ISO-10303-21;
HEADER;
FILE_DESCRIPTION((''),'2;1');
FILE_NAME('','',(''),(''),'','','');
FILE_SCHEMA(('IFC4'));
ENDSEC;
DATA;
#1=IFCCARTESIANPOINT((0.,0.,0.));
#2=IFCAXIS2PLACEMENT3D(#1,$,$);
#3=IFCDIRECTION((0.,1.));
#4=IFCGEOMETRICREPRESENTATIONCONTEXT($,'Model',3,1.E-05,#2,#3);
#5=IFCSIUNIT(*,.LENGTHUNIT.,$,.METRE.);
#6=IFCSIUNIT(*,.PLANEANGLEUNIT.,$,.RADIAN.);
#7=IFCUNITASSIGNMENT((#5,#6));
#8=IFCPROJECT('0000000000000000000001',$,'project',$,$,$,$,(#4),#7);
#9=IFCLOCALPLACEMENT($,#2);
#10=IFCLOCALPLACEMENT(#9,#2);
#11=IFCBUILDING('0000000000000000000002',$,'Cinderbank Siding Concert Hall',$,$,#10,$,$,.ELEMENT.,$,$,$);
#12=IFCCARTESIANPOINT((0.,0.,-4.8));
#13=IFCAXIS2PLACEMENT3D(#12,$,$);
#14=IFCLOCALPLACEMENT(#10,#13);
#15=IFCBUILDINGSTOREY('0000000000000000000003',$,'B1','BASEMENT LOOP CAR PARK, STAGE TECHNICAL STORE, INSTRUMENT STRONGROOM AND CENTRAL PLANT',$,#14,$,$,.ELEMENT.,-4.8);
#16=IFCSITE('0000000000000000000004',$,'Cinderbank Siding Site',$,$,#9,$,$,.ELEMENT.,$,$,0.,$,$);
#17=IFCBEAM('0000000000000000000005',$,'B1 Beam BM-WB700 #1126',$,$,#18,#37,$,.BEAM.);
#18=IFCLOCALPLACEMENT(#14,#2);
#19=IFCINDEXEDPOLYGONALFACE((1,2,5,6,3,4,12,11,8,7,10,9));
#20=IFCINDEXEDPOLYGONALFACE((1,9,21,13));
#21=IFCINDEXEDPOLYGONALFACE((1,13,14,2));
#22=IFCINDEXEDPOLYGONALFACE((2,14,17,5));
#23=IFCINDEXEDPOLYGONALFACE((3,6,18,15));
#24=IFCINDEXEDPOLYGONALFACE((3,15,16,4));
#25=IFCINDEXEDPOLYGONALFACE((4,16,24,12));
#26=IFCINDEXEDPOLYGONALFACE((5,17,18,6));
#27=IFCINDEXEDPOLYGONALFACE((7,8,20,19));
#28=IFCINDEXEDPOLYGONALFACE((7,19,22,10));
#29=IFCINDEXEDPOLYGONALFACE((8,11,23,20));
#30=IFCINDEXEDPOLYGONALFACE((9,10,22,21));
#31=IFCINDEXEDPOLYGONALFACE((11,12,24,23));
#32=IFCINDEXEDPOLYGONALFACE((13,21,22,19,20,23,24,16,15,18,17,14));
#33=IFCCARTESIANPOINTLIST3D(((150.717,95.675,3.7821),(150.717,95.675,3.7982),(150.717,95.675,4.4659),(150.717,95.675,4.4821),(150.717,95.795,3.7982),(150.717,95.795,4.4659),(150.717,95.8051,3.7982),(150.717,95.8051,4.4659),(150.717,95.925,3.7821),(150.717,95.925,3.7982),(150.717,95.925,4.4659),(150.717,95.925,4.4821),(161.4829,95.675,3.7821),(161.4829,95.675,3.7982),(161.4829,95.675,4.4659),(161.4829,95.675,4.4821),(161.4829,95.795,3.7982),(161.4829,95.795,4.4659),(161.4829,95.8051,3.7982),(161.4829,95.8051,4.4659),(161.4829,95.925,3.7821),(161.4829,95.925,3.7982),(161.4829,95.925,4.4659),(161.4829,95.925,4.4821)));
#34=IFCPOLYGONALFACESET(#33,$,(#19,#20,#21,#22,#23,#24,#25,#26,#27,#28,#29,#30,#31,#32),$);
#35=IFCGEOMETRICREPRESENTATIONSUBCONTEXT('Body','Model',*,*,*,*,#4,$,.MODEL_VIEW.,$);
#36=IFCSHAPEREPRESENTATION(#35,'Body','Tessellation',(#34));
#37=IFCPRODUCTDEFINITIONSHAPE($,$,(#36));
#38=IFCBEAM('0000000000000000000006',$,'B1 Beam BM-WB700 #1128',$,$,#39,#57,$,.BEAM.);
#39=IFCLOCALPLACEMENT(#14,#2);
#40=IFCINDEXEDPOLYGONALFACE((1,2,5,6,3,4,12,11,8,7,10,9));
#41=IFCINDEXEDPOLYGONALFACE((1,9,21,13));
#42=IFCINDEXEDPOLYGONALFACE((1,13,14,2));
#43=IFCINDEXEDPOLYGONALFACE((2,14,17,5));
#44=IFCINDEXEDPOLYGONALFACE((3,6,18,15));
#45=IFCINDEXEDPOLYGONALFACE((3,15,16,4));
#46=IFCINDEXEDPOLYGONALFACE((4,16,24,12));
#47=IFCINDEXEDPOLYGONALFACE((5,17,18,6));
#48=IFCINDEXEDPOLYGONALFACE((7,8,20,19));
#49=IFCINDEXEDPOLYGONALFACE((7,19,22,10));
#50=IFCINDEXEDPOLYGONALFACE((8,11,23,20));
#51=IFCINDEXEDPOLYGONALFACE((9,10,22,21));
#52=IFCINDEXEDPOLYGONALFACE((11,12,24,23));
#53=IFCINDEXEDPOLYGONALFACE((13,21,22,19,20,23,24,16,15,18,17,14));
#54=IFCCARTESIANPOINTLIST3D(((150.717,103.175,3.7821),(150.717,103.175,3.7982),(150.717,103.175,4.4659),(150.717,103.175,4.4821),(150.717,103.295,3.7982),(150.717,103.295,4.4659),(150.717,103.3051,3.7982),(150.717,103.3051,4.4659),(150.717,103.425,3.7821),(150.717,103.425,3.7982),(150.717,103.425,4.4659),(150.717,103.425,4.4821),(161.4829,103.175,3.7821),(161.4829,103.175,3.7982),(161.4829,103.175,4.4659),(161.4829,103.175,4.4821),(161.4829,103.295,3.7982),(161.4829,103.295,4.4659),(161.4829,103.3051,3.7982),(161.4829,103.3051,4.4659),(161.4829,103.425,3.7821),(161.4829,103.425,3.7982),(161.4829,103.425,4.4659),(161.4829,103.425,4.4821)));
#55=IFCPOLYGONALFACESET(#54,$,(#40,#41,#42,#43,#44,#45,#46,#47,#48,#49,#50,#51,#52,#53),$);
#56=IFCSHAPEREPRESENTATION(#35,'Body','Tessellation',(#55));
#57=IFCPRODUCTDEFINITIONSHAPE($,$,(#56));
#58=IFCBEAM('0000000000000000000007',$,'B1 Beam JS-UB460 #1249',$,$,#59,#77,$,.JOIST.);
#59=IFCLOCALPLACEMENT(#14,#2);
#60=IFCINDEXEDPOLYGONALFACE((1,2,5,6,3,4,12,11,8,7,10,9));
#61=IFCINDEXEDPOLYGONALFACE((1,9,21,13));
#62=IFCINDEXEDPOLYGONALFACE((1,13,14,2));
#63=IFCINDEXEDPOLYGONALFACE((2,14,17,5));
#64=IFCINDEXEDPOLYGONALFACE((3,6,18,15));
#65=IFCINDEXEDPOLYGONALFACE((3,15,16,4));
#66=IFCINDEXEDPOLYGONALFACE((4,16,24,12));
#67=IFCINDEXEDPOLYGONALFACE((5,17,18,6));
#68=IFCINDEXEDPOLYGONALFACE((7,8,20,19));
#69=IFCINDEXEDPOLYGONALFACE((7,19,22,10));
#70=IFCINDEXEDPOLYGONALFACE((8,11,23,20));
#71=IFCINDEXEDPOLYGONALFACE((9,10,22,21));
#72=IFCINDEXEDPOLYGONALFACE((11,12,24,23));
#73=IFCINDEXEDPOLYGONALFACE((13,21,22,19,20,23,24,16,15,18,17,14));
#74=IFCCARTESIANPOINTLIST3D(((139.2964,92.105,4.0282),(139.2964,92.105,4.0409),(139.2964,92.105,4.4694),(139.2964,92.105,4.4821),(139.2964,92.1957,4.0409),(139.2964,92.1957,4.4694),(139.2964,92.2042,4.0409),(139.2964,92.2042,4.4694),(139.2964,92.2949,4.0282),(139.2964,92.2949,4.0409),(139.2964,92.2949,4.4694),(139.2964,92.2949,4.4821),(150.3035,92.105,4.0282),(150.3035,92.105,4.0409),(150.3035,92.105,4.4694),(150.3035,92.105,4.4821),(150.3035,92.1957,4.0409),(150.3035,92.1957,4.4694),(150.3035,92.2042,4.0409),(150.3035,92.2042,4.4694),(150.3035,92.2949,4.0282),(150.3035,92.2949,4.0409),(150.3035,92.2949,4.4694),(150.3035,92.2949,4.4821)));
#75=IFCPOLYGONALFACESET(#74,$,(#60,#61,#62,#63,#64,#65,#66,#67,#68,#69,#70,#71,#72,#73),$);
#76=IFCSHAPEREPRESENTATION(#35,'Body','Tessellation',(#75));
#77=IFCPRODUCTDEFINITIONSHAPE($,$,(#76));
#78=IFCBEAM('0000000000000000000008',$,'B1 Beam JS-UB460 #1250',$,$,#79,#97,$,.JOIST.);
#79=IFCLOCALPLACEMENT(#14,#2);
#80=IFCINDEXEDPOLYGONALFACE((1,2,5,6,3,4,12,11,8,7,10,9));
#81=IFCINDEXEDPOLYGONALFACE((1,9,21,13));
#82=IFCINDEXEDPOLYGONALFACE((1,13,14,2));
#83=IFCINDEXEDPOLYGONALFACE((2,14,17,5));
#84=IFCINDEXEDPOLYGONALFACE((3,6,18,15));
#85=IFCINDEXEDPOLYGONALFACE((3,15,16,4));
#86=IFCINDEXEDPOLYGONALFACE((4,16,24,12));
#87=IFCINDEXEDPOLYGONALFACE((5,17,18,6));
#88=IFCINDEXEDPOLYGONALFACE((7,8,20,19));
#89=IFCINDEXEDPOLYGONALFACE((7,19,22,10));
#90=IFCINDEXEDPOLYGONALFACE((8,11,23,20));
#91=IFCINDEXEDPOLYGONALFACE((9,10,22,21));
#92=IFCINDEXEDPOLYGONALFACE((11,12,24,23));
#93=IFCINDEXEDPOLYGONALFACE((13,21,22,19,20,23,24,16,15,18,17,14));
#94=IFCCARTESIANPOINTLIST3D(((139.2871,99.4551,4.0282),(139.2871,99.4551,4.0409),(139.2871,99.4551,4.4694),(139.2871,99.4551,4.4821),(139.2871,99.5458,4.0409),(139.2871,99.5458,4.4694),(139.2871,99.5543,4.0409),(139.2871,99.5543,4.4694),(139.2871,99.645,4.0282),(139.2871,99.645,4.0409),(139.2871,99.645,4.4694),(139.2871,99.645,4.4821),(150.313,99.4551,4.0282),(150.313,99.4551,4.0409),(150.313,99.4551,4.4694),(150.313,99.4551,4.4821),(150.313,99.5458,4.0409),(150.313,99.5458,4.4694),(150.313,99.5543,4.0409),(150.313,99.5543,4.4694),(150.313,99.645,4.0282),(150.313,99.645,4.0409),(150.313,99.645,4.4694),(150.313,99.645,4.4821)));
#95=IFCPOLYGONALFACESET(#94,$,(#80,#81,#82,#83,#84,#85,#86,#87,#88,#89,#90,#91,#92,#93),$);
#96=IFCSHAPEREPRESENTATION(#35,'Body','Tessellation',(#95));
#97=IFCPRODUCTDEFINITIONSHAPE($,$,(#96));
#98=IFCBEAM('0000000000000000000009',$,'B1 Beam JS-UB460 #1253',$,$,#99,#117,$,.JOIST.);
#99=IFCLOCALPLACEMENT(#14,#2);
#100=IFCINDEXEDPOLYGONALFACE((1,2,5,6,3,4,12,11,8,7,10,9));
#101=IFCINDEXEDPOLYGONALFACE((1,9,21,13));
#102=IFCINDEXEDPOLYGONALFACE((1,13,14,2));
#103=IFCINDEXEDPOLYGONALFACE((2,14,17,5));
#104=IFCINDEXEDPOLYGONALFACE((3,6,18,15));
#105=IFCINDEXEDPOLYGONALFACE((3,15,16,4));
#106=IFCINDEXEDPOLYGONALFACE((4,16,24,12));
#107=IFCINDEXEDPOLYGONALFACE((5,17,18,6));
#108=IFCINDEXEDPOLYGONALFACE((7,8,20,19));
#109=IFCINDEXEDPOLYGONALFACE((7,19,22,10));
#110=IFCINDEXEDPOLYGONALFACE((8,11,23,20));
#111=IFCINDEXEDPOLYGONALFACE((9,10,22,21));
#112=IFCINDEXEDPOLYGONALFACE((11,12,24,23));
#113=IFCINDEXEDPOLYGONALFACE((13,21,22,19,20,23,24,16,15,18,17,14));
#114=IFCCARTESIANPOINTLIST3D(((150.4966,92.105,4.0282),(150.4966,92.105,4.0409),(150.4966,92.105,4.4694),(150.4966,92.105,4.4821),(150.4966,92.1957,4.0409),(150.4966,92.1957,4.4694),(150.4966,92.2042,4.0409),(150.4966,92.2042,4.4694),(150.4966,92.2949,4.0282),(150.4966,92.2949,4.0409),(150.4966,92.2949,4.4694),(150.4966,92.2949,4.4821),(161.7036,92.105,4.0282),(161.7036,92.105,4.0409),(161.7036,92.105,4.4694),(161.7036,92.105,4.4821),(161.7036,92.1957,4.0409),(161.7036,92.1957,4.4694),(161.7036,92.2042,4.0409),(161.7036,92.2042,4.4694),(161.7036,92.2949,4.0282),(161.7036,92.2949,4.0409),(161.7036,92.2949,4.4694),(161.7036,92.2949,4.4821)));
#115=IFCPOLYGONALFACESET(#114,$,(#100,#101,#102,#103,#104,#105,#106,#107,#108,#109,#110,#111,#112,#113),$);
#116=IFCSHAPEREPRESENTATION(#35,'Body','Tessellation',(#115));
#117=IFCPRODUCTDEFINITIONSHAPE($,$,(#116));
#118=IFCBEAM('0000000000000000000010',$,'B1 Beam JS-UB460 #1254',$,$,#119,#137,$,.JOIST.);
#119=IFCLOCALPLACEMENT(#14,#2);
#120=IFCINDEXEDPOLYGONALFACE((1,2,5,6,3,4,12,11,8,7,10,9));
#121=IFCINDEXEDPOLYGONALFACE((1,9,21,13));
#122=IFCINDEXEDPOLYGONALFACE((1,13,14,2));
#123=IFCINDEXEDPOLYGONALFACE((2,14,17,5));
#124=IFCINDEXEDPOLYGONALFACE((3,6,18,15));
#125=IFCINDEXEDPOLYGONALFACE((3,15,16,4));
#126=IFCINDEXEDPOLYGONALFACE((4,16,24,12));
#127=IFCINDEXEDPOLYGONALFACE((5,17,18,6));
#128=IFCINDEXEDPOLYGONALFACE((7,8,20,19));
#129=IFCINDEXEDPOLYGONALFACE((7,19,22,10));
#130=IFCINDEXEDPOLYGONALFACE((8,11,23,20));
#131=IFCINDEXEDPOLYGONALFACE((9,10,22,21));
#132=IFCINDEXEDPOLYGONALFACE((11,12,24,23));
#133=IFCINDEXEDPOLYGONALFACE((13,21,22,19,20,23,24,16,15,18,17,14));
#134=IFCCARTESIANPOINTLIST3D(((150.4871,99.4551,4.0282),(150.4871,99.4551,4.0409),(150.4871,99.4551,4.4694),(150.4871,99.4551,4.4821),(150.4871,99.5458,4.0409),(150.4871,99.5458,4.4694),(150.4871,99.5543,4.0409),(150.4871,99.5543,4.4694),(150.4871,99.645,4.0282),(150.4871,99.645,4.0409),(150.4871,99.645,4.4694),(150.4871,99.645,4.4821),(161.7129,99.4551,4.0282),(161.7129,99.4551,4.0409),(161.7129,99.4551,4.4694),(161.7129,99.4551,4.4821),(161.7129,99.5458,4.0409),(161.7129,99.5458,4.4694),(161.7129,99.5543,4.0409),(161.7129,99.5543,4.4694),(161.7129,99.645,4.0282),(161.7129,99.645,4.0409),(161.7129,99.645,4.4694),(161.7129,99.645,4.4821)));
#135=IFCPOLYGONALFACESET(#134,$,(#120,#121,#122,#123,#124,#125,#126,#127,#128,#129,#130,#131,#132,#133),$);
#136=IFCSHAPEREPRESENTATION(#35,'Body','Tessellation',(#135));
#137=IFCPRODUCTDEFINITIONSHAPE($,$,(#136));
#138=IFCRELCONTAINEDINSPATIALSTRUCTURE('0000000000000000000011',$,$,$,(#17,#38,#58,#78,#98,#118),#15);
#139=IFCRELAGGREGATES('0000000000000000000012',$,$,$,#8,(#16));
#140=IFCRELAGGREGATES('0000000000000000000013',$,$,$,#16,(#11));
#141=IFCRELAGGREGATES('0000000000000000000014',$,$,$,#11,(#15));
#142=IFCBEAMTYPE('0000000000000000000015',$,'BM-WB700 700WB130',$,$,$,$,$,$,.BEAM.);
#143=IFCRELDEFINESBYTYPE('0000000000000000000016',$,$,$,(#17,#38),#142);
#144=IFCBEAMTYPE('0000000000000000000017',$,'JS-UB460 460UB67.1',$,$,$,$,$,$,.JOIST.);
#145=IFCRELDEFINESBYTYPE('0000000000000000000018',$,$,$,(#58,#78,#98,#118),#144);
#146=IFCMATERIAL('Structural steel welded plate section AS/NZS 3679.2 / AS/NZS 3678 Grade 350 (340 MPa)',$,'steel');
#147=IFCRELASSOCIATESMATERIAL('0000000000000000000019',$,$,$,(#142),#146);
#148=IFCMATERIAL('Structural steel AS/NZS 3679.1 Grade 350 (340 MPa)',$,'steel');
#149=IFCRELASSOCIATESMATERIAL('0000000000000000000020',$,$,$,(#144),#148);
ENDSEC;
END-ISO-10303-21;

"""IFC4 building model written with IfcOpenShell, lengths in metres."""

from ifc_helpers import new_model, si_unit, direction, frame, origin, origin_2d, place, context, subcontext, project, spatial, i_section, extrude, material, material_profile, profile_set, type_object, element, save


model = new_model("IFC4")

# Units and contexts
model_context = context("Model", 3, precision=1e-05, world=origin(), true_north=direction((0.0, 1.0)))
body_context = subcontext(model_context, "Body", "Model", "MODEL_VIEW")
ifc_project = project(units=[si_unit("LENGTHUNIT", "METRE"), si_unit("PLANEANGLEUNIT", "RADIAN")], contexts=[model_context])

# Site, building, storey
site_placement = place(None, origin())
site = spatial("IfcSite", under=ifc_project, at=site_placement, Name="Cinderbank Siding Site", CompositionType="ELEMENT", RefElevation=0.0)
building_placement = place(site_placement, origin())
building = spatial("IfcBuilding", under=site, at=building_placement, Name="Cinderbank Siding Concert Hall", CompositionType="ELEMENT")
storey_placement = place(building_placement, frame((0.0, 0.0, -4.8)))
storey = spatial("IfcBuildingStorey", under=building, at=storey_placement, Name="B1", Description="BASEMENT LOOP CAR PARK, STAGE TECHNICAL STORE, INSTRUMENT STRONGROOM AND CENTRAL PLANT", CompositionType="ELEMENT", Elevation=-4.8)

# Beams
ifc_material_1 = material(Name="Structural steel AS/NZS 3679.1 Grade 350 (340 MPa)", Category="steel")
ifc_material_2 = material(Name="Structural steel welded plate section AS/NZS 3679.2 / AS/NZS 3678 Grade 350 (340 MPa)", Category="steel")
ifc_material_profile_1 = material_profile(ifc_material_2, i_section(OverallWidth=0.25, OverallDepth=0.7, WebThickness=0.01, FlangeThickness=0.0161, at=origin_2d()), Name="700WB130", Category="LoadBearing")
ifc_profile_set_1 = profile_set([ifc_material_profile_1], Name="Structural steel welded plate section AS/NZS 3679.2 / AS/NZS 3678 Grade 350 (340 MPa)")
beam_type_1 = type_object("IfcBeamType", Name="BM-WB700 700WB130", PredefinedType="BEAM", material=ifc_profile_set_1)
for number, where, z_axis, x_axis, name in (
    (1, (150.717, 95.8, 4.1321), (1.0, 0.0, 0.0), (0.0, 1.0, 0.0), "B1 Beam BM-WB700 #1126"),
    (2, (150.717, 103.3, 4.1321), (1.0, 0.0, 0.0), (0.0, 1.0, 0.0), "B1 Beam BM-WB700 #1128"),
):
    element("IfcBeam", number, at=place(storey_placement, frame(where, z_axis=z_axis, x_axis=x_axis)), inside=storey, type_object=beam_type_1, Name=name, PredefinedType="BEAM", context=body_context, shape_type="SweptSolid", body=[
        extrude(i_section(OverallWidth=0.25, OverallDepth=0.7, WebThickness=0.01, FlangeThickness=0.0161, at=origin_2d()), origin(), (0.0, 0.0, 1.0), 10.7659),
    ])
ifc_material_profile_2 = material_profile(ifc_material_1, i_section(OverallWidth=0.1899, OverallDepth=0.4539, WebThickness=0.0085, FlangeThickness=0.0127, at=origin_2d()), Name="460UB67.1", Category="LoadBearing")
ifc_profile_set_2 = profile_set([ifc_material_profile_2], Name="Structural steel AS/NZS 3679.1 Grade 350 (340 MPa)")
beam_type_2 = type_object("IfcBeamType", Name="JS-UB460 460UB67.1", PredefinedType="JOIST", material=ifc_profile_set_2)
beam_1_placement = place(storey_placement, frame((139.2964, 92.2, 4.2551), z_axis=(1.0, 0.0, 0.0), x_axis=(0.0, 1.0, 0.0)))
element("IfcBeam", 3, at=beam_1_placement, inside=storey, type_object=beam_type_2, Name="B1 Beam JS-UB460 #1249", PredefinedType="JOIST", context=body_context, shape_type="SweptSolid", body=[
    extrude(i_section(OverallWidth=0.1899, OverallDepth=0.4539, WebThickness=0.0085, FlangeThickness=0.0127, at=origin_2d()), origin(), (0.0, 0.0, 1.0), 11.0071),
])
beam_2_placement = place(storey_placement, frame((139.2871, 99.55, 4.2551), z_axis=(1.0, 0.0, 0.0), x_axis=(0.0, 1.0, 0.0)))
element("IfcBeam", 4, at=beam_2_placement, inside=storey, type_object=beam_type_2, Name="B1 Beam JS-UB460 #1250", PredefinedType="JOIST", context=body_context, shape_type="SweptSolid", body=[
    extrude(i_section(OverallWidth=0.1899, OverallDepth=0.4539, WebThickness=0.0085, FlangeThickness=0.0127, at=origin_2d()), origin(), (0.0, 0.0, 1.0), 11.0259),
])
beam_3_placement = place(storey_placement, frame((150.4966, 92.2, 4.2551), z_axis=(1.0, 0.0, 0.0), x_axis=(0.0, 1.0, 0.0)))
element("IfcBeam", 5, at=beam_3_placement, inside=storey, type_object=beam_type_2, Name="B1 Beam JS-UB460 #1253", PredefinedType="JOIST", context=body_context, shape_type="SweptSolid", body=[
    extrude(i_section(OverallWidth=0.1899, OverallDepth=0.4539, WebThickness=0.0085, FlangeThickness=0.0127, at=origin_2d()), origin(), (0.0, 0.0, 1.0), 11.207),
])
beam_4_placement = place(storey_placement, frame((150.4871, 99.55, 4.2551), z_axis=(1.0, 0.0, 0.0), x_axis=(0.0, 1.0, 0.0)))
element("IfcBeam", 6, at=beam_4_placement, inside=storey, type_object=beam_type_2, Name="B1 Beam JS-UB460 #1254", PredefinedType="JOIST", context=body_context, shape_type="SweptSolid", body=[
    extrude(i_section(OverallWidth=0.1899, OverallDepth=0.4539, WebThickness=0.0085, FlangeThickness=0.0127, at=origin_2d()), origin(), (0.0, 0.0, 1.0), 11.2258),
])

save(model, "model.ifc")
